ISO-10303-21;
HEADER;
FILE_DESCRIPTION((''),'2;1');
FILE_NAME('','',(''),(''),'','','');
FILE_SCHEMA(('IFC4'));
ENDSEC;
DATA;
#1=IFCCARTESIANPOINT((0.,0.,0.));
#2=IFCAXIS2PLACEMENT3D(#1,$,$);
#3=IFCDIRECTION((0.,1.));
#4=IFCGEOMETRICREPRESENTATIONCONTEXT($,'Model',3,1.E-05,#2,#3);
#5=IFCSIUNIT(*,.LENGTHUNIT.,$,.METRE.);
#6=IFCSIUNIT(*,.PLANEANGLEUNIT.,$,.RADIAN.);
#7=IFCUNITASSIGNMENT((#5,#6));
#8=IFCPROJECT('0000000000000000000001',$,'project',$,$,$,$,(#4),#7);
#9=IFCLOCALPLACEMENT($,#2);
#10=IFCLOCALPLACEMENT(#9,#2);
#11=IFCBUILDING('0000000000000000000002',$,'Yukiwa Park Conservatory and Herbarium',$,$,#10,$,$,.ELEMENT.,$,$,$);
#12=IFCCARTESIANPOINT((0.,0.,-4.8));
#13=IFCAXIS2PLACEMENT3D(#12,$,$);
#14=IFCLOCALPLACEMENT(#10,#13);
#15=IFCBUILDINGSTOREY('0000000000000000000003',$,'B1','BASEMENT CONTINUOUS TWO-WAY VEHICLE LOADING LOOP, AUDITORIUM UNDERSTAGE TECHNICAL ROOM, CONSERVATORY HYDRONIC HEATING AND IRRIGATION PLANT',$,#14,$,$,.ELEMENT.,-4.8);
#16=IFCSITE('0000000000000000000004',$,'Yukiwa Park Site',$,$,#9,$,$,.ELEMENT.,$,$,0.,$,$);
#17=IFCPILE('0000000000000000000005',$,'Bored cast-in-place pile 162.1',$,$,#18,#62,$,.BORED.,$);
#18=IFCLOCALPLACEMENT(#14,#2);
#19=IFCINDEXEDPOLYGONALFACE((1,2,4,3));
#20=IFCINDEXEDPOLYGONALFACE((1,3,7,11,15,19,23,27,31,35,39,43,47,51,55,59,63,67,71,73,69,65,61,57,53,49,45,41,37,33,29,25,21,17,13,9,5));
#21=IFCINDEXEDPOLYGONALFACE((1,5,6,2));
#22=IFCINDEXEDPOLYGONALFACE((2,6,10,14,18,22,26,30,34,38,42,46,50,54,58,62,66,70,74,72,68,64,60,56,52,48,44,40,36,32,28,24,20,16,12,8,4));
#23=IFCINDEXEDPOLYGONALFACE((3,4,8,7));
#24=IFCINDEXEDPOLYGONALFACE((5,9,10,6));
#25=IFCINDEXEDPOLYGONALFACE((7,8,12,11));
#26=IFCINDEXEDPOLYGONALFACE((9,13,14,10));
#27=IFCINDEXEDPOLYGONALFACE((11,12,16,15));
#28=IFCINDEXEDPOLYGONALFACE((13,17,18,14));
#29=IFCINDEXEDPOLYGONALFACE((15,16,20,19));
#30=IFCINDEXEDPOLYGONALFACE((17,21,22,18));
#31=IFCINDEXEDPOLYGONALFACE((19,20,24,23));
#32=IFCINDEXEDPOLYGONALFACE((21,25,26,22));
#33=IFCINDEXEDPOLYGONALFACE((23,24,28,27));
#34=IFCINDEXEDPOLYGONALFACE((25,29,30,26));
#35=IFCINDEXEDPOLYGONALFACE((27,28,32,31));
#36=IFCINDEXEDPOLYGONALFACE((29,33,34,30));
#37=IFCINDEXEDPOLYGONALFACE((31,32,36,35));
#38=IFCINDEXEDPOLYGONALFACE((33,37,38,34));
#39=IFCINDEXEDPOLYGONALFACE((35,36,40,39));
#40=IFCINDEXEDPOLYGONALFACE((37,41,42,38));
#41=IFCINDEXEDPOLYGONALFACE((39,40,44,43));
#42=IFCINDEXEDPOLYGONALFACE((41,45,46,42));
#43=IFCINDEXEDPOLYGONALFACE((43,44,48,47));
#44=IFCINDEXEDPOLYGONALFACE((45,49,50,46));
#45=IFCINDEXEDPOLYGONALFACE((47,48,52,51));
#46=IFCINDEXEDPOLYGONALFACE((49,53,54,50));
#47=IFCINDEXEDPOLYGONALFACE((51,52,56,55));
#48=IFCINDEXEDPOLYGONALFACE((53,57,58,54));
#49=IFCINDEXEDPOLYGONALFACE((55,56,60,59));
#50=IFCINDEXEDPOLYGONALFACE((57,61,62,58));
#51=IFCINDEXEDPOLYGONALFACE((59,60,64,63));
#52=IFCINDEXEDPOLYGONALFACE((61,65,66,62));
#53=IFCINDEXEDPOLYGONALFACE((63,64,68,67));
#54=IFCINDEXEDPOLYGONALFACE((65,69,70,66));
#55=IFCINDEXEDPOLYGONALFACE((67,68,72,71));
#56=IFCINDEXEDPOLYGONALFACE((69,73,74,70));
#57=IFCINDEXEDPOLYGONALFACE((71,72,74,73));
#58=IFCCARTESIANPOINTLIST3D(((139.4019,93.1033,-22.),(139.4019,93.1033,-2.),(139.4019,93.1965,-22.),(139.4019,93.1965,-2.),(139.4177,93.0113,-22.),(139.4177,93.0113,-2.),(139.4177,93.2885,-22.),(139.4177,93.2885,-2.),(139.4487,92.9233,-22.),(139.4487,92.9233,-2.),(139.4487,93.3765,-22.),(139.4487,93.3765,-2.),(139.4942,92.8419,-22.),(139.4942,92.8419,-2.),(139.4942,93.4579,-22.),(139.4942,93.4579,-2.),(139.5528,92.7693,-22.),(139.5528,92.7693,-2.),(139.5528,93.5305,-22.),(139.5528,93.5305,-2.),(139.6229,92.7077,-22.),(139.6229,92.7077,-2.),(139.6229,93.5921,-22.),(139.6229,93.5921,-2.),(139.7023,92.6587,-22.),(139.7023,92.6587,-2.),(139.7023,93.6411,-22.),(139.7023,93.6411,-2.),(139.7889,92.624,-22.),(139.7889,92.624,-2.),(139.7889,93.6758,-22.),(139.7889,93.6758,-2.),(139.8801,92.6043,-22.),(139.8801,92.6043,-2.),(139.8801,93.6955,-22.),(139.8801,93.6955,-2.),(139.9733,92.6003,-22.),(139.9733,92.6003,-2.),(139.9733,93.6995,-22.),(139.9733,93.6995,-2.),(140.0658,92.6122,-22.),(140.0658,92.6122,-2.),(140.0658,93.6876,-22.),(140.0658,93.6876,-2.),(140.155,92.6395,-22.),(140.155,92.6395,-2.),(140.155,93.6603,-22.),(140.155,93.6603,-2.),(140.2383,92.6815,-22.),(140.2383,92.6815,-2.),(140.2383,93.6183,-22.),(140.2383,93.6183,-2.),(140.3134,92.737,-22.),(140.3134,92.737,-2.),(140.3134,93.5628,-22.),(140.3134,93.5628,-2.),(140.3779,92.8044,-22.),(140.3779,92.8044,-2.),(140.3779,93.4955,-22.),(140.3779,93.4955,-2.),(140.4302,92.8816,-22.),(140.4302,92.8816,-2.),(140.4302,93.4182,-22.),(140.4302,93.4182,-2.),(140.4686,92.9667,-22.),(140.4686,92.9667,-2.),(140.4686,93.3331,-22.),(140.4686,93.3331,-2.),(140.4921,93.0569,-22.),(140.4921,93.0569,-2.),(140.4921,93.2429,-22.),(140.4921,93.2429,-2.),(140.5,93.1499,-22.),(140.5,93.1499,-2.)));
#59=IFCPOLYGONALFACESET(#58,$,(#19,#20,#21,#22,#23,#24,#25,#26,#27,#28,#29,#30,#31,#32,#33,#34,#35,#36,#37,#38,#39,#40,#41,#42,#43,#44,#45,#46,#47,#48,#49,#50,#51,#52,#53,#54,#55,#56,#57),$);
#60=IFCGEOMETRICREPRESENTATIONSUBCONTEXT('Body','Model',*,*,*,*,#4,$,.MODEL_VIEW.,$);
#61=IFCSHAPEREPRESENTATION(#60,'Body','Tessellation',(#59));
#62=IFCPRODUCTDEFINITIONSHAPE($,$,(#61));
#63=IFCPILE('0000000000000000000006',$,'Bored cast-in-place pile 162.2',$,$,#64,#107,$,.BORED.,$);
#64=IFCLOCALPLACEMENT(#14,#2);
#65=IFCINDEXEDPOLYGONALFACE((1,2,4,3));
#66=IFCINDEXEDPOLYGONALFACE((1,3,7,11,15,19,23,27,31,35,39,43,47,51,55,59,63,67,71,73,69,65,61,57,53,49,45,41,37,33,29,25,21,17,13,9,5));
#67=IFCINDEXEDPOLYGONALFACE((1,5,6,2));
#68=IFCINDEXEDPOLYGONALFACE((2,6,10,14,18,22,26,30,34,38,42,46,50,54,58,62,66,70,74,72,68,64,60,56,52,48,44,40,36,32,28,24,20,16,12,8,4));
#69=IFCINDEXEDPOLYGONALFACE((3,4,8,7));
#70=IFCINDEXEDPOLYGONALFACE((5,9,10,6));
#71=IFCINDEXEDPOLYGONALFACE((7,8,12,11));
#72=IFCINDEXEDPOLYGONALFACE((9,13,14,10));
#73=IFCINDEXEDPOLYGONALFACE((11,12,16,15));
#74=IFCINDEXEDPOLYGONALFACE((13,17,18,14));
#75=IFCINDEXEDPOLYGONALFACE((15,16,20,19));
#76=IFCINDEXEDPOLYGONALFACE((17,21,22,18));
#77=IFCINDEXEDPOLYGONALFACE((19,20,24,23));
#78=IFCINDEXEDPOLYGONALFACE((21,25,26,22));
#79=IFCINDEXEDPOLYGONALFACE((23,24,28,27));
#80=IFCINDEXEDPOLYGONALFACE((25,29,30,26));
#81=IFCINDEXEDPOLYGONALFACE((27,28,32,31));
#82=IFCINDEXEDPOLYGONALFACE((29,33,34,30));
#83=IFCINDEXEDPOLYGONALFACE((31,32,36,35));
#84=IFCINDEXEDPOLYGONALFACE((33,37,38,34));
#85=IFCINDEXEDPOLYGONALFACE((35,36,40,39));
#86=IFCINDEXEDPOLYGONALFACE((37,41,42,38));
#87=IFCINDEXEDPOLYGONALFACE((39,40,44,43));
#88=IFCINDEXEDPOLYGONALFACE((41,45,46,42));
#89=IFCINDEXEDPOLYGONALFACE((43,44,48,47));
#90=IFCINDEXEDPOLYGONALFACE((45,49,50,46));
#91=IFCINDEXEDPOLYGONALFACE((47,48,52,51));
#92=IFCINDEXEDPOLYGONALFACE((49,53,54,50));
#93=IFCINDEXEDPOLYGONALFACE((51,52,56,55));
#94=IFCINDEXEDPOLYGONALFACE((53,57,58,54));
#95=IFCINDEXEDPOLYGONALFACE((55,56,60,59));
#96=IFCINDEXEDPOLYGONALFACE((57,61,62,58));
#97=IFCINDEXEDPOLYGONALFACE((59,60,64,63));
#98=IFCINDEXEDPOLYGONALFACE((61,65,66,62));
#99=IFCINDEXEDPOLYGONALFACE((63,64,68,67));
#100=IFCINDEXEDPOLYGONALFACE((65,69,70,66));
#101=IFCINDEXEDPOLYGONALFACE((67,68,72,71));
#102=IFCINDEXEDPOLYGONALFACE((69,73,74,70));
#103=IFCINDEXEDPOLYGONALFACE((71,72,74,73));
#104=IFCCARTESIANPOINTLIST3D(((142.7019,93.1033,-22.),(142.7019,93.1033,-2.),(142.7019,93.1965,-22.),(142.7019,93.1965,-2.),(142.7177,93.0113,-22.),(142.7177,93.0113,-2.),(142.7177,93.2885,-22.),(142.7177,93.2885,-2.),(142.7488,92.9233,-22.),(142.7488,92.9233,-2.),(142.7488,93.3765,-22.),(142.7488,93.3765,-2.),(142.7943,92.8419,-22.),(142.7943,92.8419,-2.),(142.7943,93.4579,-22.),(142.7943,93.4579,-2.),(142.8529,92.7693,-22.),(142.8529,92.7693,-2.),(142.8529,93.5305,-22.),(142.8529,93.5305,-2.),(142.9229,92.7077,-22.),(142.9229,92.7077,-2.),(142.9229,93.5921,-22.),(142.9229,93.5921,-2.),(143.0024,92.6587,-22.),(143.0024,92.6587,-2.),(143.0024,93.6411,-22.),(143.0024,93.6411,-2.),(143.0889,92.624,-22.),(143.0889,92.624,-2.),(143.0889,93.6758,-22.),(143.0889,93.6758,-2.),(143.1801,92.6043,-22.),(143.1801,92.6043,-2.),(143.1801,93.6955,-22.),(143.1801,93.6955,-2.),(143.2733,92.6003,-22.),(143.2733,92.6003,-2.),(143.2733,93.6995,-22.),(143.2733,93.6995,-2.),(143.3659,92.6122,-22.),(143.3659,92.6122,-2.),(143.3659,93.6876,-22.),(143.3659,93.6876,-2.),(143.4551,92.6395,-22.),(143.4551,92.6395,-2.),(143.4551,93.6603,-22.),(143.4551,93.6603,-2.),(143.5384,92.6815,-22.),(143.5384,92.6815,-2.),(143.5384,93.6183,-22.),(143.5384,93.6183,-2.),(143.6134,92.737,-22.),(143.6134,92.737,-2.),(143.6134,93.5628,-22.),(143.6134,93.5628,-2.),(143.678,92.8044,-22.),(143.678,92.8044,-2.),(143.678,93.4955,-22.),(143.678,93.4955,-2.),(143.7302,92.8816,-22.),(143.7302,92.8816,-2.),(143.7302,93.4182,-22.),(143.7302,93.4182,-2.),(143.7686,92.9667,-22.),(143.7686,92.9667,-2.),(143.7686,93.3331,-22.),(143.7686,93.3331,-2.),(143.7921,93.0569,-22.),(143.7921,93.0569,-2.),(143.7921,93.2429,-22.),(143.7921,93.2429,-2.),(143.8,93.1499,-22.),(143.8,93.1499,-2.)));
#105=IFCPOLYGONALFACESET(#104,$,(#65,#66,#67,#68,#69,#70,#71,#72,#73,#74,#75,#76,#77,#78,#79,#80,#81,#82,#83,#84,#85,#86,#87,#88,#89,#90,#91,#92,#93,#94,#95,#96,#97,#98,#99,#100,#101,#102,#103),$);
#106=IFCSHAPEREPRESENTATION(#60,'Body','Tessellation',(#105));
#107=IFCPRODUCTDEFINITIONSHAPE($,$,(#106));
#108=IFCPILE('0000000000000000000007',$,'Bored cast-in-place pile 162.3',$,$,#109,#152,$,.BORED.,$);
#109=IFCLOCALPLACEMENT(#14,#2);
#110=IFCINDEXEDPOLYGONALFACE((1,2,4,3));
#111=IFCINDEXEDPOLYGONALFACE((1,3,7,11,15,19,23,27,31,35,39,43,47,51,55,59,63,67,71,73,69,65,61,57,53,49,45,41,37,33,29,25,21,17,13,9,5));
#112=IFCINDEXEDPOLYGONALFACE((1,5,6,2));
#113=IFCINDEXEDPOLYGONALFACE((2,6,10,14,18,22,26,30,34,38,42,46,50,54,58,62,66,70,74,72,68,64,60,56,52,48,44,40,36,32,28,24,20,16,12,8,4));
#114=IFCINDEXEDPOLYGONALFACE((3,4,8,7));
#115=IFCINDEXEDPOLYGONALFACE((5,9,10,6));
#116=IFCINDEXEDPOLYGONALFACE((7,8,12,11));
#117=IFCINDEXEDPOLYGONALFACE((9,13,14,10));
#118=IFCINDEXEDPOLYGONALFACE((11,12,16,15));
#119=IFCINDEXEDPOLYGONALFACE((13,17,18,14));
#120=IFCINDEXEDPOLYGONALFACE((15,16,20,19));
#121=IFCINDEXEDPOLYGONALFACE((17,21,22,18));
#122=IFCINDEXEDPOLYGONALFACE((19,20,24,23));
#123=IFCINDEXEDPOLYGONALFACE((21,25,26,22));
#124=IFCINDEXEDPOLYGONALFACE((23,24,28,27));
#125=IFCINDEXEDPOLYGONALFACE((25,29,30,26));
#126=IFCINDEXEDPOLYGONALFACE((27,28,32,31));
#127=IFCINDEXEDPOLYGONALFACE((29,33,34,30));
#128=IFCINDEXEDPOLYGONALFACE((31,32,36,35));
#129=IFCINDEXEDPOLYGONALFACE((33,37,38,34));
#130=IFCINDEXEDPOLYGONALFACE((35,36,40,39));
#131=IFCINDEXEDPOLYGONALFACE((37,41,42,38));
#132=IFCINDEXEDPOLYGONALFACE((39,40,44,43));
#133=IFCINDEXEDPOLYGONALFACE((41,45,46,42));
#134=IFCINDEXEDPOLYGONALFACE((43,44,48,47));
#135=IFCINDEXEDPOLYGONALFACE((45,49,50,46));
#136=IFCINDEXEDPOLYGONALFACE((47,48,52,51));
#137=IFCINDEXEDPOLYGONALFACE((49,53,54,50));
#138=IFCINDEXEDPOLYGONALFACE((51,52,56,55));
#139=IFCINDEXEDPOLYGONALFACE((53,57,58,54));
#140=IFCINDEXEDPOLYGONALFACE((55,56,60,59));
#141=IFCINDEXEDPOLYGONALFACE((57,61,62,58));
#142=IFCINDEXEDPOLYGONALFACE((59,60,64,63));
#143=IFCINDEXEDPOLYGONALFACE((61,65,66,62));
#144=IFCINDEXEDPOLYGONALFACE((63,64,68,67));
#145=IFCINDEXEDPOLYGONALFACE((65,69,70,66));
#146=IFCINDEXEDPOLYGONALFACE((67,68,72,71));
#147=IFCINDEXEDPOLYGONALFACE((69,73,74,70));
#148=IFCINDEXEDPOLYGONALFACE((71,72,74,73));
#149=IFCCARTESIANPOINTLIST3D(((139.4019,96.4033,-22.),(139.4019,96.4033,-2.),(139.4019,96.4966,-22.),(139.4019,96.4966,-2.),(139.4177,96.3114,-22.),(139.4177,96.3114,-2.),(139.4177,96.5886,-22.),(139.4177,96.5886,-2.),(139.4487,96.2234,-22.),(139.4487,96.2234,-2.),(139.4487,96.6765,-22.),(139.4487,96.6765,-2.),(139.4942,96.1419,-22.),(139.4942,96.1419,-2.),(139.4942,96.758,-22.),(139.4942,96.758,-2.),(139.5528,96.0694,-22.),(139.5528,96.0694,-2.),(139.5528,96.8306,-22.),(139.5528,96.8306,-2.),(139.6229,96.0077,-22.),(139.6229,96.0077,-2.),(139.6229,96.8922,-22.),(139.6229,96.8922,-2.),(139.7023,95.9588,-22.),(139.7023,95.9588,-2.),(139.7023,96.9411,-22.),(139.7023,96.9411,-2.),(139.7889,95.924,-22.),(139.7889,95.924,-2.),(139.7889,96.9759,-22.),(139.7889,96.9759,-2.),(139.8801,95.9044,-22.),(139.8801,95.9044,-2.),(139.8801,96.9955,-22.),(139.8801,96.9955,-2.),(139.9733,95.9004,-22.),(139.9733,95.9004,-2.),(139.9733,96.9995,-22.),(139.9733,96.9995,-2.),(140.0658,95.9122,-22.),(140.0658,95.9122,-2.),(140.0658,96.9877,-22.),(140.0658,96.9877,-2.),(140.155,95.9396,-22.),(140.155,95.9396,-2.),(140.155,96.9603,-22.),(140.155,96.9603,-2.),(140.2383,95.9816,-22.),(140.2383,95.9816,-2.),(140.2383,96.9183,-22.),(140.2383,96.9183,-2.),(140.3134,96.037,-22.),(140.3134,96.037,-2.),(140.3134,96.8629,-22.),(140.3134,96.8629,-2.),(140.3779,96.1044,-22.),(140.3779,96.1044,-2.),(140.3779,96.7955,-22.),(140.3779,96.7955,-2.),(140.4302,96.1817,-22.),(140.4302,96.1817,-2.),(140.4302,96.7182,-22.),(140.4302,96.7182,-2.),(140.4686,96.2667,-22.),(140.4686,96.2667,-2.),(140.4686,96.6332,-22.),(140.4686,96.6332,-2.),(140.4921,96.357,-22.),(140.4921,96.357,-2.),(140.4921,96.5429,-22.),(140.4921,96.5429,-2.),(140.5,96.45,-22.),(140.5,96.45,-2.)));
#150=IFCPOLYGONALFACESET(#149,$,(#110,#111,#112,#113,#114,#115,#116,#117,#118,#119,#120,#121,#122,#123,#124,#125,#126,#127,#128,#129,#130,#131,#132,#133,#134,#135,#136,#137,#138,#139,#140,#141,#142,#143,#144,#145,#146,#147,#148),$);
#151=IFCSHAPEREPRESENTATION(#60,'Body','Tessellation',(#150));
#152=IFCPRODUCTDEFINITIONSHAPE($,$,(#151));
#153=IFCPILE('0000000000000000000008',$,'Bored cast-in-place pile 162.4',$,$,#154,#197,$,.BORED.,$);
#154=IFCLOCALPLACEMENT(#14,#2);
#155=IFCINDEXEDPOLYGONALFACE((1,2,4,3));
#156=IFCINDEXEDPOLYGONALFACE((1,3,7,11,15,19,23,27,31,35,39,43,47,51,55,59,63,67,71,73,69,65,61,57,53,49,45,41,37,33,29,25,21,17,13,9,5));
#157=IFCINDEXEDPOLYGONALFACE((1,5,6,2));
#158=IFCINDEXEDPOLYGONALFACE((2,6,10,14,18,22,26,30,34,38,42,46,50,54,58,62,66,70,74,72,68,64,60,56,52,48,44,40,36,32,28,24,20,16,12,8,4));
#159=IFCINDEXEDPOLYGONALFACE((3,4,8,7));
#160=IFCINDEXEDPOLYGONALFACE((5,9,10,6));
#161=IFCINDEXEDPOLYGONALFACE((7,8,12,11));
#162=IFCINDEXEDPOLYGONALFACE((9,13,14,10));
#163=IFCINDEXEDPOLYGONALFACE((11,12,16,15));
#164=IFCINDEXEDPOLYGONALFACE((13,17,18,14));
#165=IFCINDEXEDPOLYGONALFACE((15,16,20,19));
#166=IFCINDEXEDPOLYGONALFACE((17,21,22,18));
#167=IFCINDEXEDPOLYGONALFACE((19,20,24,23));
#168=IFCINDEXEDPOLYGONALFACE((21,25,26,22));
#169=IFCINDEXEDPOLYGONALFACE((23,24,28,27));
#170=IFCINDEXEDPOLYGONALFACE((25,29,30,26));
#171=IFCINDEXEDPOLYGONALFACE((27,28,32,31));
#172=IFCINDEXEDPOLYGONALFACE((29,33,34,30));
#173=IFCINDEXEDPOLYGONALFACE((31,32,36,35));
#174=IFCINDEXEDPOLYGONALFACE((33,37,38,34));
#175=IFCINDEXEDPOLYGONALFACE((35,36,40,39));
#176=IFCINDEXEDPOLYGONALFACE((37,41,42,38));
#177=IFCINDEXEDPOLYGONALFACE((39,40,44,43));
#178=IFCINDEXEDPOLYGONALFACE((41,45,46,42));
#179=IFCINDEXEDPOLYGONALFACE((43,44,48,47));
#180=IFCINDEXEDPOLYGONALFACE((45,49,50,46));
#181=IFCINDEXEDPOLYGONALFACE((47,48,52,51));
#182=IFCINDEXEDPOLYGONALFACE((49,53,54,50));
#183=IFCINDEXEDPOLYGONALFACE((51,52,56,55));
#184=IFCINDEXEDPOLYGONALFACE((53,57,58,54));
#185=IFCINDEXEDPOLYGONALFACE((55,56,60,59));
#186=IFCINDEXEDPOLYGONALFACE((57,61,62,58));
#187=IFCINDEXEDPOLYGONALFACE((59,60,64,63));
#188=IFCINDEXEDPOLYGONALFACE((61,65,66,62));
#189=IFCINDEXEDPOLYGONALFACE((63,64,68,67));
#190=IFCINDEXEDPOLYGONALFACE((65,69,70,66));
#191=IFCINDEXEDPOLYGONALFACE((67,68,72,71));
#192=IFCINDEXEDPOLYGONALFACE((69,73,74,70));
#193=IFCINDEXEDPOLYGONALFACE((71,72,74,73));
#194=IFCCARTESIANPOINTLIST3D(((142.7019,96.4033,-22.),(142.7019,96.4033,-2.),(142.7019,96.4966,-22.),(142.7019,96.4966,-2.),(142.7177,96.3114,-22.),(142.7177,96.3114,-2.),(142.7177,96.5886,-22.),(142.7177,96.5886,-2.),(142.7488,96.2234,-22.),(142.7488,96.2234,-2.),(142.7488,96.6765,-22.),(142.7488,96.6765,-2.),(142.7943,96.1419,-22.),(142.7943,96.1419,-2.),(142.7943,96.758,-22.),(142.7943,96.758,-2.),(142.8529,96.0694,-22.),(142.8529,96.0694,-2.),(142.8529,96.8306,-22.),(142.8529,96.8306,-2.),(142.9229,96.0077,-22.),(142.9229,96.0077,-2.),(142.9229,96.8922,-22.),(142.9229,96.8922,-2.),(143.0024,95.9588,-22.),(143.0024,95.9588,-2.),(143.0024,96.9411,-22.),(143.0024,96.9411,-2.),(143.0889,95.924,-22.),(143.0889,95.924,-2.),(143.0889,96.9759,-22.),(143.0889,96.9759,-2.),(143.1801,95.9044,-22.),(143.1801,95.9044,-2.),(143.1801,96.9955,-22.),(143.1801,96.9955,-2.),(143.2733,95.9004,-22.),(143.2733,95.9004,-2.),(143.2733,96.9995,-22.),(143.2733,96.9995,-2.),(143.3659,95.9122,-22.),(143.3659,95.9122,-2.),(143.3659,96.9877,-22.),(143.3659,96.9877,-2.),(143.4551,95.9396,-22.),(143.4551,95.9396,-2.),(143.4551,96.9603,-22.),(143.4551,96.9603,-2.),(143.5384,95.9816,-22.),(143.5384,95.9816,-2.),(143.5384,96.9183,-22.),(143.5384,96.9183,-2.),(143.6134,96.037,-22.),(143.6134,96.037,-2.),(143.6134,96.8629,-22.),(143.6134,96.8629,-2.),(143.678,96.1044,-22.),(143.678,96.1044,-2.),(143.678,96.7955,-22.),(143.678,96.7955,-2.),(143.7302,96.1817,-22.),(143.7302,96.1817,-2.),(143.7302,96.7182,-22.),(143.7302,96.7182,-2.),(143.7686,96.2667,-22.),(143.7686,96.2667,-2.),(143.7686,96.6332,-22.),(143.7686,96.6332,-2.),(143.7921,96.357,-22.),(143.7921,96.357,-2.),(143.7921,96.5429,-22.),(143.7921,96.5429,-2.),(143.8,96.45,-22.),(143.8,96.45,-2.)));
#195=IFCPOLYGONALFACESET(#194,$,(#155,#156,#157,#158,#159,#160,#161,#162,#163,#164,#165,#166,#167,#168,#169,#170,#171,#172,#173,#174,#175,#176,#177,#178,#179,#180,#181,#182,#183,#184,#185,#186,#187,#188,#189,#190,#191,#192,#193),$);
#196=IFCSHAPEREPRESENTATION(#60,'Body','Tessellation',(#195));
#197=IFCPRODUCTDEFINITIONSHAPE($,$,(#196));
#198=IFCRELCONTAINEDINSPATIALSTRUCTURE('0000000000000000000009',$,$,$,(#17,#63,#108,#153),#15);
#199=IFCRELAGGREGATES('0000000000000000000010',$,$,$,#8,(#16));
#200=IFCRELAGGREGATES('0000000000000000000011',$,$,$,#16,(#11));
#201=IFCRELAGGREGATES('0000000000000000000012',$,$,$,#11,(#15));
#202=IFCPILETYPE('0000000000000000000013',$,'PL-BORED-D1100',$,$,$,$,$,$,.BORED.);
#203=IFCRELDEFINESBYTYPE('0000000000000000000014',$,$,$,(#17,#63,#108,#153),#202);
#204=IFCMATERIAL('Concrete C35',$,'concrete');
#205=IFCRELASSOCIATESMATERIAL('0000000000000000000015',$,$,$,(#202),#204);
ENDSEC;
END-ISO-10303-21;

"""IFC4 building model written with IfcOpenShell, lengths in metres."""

from ifc_helpers import new_model, si_unit, direction, frame, origin, origin_2d, place, context, subcontext, project, spatial, circle, extrude, material, material_profile, profile_set, type_object, element, save


model = new_model("IFC4")

# Units and contexts
model_context = context("Model", 3, precision=1e-05, world=origin(), true_north=direction((0.0, 1.0)))
body_context = subcontext(model_context, "Body", "Model", "MODEL_VIEW")
ifc_project = project(units=[si_unit("LENGTHUNIT", "METRE"), si_unit("PLANEANGLEUNIT", "RADIAN")], contexts=[model_context])

# Site, building, storey
site_placement = place(None, origin())
site = spatial("IfcSite", under=ifc_project, at=site_placement, Name="Yukiwa Park Site", CompositionType="ELEMENT", RefElevation=0.0)
building_placement = place(site_placement, origin())
building = spatial("IfcBuilding", under=site, at=building_placement, Name="Yukiwa Park Conservatory and Herbarium", CompositionType="ELEMENT")
storey_placement = place(building_placement, frame((0.0, 0.0, -4.8)))
storey = spatial("IfcBuildingStorey", under=building, at=storey_placement, Name="B1", Description="BASEMENT CONTINUOUS TWO-WAY VEHICLE LOADING LOOP, AUDITORIUM UNDERSTAGE TECHNICAL ROOM, CONSERVATORY HYDRONIC HEATING AND IRRIGATION PLANT", CompositionType="ELEMENT", Elevation=-4.8)

# Piles
ifc_material_1 = material(Name="Concrete C35", Category="concrete")
ifc_material_profile_1 = material_profile(ifc_material_1, circle(Radius=0.55, at=origin_2d()), Name="PILE D1100")
ifc_profile_set_1 = profile_set([ifc_material_profile_1], Name="Concrete C35")
pile_type_1 = type_object("IfcPileType", Name="PL-BORED-D1100", PredefinedType="BORED", material=ifc_profile_set_1)
for number, where, z_axis, x_axis, name in (
    (1, (139.95, 93.1499, -2.0), (0.0, 0.0, -1.0), (1.0, 0.0, 0.0), "Bored cast-in-place pile 162.1"),
    (2, (143.25, 93.1499, -2.0), (0.0, 0.0, -1.0), (1.0, 0.0, 0.0), "Bored cast-in-place pile 162.2"),
    (3, (139.95, 96.45, -2.0), (0.0, 0.0, -1.0), (1.0, 0.0, 0.0), "Bored cast-in-place pile 162.3"),
    (4, (143.25, 96.45, -2.0), (0.0, 0.0, -1.0), (1.0, 0.0, 0.0), "Bored cast-in-place pile 162.4"),
):
    element("IfcPile", number, at=place(storey_placement, frame(where, z_axis=z_axis, x_axis=x_axis)), inside=storey, type_object=pile_type_1, Name=name, PredefinedType="BORED", context=body_context, shape_type="SweptSolid", body=[
        extrude(circle(Radius=0.55, at=origin_2d()), origin(), (0.0, 0.0, 1.0), 20.0),
    ])

save(model, "model.ifc")
